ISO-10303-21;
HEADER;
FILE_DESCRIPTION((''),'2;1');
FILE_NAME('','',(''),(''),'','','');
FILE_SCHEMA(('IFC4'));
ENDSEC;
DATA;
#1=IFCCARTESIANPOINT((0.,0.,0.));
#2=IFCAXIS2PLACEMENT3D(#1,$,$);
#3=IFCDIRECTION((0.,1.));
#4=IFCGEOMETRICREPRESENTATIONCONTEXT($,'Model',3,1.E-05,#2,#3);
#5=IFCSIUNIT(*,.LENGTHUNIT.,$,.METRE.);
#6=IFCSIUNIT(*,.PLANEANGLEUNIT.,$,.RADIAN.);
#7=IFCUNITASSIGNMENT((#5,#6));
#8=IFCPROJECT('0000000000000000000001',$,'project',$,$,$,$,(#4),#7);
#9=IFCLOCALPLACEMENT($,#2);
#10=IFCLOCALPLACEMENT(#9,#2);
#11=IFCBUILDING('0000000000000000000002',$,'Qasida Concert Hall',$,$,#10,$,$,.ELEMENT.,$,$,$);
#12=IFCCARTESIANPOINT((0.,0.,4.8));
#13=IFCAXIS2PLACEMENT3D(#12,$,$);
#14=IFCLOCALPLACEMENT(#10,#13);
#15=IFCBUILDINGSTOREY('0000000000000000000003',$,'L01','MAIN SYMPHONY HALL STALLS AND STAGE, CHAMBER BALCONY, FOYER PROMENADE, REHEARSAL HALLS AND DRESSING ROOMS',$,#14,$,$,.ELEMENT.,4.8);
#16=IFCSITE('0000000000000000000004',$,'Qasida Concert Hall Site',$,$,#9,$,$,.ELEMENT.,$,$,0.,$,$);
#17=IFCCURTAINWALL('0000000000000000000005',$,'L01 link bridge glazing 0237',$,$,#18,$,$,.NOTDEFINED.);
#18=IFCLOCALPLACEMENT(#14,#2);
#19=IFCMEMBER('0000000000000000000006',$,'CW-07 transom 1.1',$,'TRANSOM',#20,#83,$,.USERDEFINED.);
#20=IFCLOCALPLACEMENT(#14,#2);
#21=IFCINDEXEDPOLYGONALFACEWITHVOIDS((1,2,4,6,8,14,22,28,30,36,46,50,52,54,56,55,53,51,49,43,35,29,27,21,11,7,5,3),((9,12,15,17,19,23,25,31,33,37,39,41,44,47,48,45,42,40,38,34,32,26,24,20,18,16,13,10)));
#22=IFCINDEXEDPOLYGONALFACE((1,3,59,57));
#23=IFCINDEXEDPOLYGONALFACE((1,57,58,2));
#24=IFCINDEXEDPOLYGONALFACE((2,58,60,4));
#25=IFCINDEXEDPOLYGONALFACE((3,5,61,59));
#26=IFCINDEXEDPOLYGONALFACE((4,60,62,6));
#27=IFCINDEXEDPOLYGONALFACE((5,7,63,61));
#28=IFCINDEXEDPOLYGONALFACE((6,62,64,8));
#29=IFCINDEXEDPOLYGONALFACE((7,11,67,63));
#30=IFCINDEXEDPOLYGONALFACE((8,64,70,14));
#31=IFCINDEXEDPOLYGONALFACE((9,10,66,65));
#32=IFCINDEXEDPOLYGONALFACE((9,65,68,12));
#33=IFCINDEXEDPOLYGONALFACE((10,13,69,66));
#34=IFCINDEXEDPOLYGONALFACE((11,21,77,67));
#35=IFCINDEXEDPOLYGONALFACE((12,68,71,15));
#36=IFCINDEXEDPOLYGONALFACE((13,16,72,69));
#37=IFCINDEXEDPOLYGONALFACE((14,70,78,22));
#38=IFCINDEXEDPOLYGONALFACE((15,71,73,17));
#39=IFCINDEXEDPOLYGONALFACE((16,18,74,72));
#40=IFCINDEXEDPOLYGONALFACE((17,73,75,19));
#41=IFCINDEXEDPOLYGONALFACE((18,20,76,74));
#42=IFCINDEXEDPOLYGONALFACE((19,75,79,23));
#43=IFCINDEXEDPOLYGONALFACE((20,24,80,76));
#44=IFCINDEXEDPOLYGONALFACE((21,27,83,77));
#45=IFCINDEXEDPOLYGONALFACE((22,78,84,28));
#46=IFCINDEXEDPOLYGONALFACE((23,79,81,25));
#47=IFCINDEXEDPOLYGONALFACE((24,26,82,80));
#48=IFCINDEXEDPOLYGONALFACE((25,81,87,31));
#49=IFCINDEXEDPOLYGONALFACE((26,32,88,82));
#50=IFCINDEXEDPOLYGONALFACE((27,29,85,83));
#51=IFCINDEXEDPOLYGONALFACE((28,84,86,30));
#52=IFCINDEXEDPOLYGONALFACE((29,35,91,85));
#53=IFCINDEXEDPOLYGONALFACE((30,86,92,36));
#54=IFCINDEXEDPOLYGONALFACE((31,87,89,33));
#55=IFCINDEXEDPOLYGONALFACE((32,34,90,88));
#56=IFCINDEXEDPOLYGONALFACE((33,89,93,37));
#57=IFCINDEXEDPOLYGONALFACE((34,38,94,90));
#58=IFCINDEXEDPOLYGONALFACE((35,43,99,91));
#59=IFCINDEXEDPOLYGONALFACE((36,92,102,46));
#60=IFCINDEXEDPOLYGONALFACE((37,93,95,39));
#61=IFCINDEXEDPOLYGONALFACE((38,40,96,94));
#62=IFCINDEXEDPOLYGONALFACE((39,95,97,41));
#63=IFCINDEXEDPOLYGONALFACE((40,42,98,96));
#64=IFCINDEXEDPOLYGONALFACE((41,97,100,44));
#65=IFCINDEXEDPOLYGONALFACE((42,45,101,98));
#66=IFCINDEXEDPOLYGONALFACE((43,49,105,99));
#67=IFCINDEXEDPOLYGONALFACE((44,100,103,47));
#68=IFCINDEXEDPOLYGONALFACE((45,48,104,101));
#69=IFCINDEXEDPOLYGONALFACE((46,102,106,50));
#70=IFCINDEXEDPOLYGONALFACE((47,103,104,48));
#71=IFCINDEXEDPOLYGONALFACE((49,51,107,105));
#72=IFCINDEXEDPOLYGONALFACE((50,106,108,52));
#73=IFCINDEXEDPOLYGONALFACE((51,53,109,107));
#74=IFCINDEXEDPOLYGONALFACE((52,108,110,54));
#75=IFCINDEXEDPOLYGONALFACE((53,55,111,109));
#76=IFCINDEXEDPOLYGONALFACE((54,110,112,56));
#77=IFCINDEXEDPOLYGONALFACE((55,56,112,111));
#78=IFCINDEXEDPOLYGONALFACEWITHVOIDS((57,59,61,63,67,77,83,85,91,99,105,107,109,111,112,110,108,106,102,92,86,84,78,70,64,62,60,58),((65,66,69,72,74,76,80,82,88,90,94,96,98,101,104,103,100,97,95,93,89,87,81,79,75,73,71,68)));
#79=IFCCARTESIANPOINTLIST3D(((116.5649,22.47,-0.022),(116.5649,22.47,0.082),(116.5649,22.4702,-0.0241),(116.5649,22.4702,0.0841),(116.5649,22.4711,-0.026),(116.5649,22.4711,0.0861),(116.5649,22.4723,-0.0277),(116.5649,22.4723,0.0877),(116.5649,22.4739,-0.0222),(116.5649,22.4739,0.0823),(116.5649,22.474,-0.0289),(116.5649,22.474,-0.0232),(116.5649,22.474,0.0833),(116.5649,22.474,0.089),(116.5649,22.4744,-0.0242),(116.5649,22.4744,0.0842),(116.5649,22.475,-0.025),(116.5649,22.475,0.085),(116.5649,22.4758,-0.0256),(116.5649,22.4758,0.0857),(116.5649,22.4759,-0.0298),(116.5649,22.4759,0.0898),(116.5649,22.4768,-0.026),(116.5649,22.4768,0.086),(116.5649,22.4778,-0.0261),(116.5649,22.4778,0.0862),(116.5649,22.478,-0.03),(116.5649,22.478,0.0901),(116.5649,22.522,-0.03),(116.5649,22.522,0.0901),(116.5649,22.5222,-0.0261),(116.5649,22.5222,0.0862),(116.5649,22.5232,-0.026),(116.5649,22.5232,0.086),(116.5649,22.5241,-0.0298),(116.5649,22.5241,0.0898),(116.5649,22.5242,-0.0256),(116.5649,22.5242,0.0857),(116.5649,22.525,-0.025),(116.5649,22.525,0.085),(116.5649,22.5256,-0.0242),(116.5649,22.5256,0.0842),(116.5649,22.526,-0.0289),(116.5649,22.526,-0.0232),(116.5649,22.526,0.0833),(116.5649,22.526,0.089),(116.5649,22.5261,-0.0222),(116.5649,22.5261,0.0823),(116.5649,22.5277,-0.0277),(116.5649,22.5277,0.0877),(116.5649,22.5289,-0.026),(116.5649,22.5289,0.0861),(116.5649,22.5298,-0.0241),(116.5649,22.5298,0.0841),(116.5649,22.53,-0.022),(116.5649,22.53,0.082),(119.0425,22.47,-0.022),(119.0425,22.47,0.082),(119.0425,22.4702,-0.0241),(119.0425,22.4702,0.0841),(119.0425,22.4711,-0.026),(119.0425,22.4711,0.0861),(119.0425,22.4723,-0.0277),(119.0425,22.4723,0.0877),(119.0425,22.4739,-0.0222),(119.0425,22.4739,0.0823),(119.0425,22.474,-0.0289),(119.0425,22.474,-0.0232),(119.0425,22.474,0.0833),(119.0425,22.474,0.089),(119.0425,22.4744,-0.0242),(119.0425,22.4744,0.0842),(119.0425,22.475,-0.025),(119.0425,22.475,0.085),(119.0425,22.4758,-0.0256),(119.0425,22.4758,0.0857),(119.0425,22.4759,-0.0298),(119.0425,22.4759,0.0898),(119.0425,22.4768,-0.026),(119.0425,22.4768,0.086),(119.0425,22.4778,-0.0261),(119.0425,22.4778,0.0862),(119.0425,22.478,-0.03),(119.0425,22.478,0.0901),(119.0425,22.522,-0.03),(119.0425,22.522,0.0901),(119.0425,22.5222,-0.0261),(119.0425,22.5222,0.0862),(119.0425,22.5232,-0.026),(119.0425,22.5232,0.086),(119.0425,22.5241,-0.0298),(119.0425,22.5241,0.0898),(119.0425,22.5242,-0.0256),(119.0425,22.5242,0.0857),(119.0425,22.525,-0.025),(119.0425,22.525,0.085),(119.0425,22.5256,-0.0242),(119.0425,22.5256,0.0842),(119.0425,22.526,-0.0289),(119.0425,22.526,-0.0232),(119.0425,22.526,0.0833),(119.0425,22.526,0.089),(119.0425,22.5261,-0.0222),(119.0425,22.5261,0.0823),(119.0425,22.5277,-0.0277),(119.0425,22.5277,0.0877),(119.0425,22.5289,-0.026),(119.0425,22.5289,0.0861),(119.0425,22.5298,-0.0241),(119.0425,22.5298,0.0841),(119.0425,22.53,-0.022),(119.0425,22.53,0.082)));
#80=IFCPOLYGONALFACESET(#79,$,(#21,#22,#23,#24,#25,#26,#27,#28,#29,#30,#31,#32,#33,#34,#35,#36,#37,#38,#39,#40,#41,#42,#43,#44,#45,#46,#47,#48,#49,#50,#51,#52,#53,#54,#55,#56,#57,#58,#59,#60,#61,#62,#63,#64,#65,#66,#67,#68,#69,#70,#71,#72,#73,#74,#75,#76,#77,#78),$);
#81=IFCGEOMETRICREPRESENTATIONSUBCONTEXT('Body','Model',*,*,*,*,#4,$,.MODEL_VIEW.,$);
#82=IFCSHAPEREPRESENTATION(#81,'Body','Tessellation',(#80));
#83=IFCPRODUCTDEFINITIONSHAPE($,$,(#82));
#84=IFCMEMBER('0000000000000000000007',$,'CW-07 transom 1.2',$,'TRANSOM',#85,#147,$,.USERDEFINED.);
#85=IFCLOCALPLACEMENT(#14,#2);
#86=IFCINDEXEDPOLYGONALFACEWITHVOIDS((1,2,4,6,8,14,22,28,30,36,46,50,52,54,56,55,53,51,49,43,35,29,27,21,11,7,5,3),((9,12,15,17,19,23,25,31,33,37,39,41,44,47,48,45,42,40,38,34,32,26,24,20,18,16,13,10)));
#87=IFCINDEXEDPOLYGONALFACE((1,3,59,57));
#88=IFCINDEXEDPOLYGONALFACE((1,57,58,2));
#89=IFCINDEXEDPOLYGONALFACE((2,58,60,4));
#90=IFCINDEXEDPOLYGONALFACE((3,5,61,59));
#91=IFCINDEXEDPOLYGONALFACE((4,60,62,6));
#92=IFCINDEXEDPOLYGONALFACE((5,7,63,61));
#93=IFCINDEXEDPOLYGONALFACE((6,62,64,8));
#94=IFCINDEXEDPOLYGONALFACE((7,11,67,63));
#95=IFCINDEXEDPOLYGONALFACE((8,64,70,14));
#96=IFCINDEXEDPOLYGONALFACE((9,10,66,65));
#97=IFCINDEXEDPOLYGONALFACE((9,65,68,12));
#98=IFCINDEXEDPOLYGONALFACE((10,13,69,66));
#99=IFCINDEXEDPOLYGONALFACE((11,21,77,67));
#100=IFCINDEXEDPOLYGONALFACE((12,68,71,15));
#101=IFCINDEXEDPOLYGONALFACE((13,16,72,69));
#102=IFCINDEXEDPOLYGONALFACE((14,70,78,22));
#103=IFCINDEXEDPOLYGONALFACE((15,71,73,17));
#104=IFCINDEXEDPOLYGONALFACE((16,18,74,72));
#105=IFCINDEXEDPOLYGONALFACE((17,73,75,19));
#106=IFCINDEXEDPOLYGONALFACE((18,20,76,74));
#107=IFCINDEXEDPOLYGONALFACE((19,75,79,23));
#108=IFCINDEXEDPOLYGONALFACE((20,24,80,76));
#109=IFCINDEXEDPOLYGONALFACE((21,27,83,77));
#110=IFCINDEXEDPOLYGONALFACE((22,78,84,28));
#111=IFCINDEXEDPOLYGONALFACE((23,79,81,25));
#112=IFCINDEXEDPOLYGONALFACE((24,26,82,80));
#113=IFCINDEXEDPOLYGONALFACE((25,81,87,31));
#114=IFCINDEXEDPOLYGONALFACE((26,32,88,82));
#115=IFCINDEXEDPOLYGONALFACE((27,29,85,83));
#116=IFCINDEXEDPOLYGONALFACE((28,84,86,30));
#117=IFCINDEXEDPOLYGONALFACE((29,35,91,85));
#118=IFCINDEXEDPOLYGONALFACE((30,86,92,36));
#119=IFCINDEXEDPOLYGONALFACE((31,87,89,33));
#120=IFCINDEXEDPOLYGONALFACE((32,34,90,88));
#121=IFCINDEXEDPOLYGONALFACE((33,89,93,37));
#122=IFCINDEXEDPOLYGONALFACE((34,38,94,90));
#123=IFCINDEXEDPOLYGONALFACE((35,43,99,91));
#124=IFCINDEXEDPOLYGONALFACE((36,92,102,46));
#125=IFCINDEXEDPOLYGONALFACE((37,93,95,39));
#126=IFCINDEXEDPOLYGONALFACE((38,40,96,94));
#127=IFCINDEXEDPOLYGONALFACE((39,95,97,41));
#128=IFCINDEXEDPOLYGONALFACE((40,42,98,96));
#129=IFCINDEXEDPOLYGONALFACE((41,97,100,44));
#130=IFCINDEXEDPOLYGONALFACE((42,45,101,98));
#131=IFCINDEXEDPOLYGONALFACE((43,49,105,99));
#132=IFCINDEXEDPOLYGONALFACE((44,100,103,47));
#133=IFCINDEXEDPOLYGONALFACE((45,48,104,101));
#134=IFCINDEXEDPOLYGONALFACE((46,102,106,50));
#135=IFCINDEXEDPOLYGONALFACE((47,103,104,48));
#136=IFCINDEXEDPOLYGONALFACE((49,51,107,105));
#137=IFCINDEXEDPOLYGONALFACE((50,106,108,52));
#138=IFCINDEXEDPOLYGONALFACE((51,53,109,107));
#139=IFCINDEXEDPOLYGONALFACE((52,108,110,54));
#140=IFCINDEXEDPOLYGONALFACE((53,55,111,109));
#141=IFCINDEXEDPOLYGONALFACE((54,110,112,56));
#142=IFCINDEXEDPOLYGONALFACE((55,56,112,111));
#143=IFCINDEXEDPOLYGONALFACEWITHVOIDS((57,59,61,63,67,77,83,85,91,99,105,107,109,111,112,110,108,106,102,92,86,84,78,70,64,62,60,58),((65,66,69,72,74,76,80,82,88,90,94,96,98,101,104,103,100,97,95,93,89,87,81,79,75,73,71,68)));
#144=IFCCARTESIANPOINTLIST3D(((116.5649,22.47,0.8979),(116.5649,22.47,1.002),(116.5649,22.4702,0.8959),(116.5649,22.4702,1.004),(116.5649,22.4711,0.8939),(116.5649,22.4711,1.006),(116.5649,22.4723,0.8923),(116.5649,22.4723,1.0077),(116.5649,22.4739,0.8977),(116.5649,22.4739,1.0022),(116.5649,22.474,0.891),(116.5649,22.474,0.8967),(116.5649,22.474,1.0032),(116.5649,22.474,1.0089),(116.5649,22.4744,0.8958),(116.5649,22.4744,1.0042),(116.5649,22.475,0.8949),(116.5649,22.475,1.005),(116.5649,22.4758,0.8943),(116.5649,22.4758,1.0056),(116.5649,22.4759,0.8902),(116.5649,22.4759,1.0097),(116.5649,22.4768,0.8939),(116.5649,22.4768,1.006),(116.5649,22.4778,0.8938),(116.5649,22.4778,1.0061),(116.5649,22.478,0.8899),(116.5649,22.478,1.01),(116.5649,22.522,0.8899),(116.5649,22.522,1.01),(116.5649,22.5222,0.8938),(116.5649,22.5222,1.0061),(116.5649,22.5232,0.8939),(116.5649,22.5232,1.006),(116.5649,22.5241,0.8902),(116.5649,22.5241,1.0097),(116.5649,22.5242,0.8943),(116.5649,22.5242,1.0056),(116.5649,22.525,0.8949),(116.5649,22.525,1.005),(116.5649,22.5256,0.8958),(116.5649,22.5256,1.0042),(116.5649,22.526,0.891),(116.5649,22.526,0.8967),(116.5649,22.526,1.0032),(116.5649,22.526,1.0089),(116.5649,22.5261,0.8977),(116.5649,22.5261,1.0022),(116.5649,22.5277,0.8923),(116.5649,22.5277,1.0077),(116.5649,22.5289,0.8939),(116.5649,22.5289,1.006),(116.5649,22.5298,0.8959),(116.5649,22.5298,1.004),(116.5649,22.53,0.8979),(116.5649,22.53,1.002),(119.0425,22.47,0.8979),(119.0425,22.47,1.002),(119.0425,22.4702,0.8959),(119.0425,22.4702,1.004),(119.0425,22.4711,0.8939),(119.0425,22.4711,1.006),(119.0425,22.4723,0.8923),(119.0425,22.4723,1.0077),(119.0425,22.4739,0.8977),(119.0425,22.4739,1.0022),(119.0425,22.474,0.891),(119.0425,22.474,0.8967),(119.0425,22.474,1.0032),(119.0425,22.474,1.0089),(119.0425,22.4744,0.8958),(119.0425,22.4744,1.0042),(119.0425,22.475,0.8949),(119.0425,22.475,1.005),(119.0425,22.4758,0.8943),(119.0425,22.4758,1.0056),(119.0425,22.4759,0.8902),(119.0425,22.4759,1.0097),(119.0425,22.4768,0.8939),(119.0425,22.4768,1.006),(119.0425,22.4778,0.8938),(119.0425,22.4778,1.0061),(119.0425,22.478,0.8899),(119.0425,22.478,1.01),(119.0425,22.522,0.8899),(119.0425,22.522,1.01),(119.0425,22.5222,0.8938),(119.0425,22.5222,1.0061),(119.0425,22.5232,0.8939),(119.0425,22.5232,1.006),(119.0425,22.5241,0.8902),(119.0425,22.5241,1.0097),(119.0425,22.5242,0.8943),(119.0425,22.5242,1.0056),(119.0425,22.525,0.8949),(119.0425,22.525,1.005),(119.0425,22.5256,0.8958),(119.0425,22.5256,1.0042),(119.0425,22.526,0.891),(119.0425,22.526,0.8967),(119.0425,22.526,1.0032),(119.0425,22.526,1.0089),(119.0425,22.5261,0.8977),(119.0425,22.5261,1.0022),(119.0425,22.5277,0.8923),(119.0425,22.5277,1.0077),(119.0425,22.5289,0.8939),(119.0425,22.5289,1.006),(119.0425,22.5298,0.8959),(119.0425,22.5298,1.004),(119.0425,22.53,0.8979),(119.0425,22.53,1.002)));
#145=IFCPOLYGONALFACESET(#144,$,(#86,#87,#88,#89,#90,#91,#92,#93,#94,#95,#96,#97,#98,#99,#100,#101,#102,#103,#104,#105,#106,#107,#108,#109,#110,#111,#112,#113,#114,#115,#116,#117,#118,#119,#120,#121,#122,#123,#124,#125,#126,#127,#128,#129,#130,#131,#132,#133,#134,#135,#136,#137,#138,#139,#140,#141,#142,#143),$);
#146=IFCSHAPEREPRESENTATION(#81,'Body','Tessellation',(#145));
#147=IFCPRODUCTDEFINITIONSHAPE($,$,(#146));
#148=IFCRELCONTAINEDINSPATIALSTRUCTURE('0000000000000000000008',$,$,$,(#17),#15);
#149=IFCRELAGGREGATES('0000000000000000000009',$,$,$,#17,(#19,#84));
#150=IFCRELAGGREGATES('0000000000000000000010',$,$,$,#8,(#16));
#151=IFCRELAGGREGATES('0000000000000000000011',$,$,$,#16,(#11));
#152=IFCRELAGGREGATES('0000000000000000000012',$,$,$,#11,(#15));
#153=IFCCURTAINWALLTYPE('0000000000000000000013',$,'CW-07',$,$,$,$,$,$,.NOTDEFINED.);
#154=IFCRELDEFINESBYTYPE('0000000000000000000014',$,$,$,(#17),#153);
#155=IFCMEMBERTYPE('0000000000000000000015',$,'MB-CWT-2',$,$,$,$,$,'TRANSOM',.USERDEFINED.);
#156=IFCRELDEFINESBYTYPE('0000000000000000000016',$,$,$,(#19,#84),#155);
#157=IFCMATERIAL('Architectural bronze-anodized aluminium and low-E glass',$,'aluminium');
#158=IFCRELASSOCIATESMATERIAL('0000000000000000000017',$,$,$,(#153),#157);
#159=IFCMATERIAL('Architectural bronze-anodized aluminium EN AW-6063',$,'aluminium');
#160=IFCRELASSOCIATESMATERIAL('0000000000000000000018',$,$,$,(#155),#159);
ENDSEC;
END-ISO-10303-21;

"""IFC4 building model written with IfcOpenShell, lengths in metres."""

from ifc_helpers import new_model, si_unit, direction, frame, origin, origin_2d, place, context, subcontext, project, spatial, hollow_rectangle, extrude, material, material_profile, profile_set, type_object, element, aggregate, save


model = new_model("IFC4")

# Units and contexts
model_context = context("Model", 3, precision=1e-05, world=origin(), true_north=direction((0.0, 1.0)))
body_context = subcontext(model_context, "Body", "Model", "MODEL_VIEW")
ifc_project = project(units=[si_unit("LENGTHUNIT", "METRE"), si_unit("PLANEANGLEUNIT", "RADIAN")], contexts=[model_context])

# Site, building, storey
site_placement = place(None, origin())
site = spatial("IfcSite", under=ifc_project, at=site_placement, Name="Qasida Concert Hall Site", CompositionType="ELEMENT", RefElevation=0.0)
building_placement = place(site_placement, origin())
building = spatial("IfcBuilding", under=site, at=building_placement, Name="Qasida Concert Hall", CompositionType="ELEMENT")
storey_placement = place(building_placement, frame((0.0, 0.0, 4.8)))
storey = spatial("IfcBuildingStorey", under=building, at=storey_placement, Name="L01", Description="MAIN SYMPHONY HALL STALLS AND STAGE, CHAMBER BALCONY, FOYER PROMENADE, REHEARSAL HALLS AND DRESSING ROOMS", CompositionType="ELEMENT", Elevation=4.8)

# Curtain wall
ifc_material_1 = material(Name="Architectural bronze-anodized aluminium and low-E glass", Category="aluminium")
curtain_wall_type = type_object("IfcCurtainWallType", Name="CW-07", PredefinedType="NOTDEFINED", material=ifc_material_1)
ifc_material_2 = material(Name="Architectural bronze-anodized aluminium EN AW-6063", Category="aluminium")
curtain_wall_1_placement = place(storey_placement, origin())
curtain_wall_1 = element("IfcCurtainWall", 1, at=curtain_wall_1_placement, inside=storey, type_object=curtain_wall_type, Name="L01 link bridge glazing 0237", PredefinedType="NOTDEFINED")

# Members
ifc_material_profile_1 = material_profile(ifc_material_2, hollow_rectangle(XDim=0.0601, YDim=0.1201, WallThickness=0.0039, InnerFilletRadius=0.0039, OuterFilletRadius=0.0081, at=origin_2d()), Name="CWT 120x60x4")
ifc_profile_set_1 = profile_set([ifc_material_profile_1], Name="Architectural bronze-anodized aluminium EN AW-6063")
member_type_1 = type_object("IfcMemberType", Name="MB-CWT-2", ElementType="TRANSOM", PredefinedType="USERDEFINED", material=ifc_profile_set_1)
member_1_placement = place(storey_placement, frame((116.5649, 22.5, 0.03), z_axis=(1.0, 0.0, 0.0), x_axis=(0.0, 1.0, 0.0)))
member_1 = element("IfcMember", 2, at=member_1_placement, type_object=member_type_1, Name="CW-07 transom 1.1", ObjectType="TRANSOM", PredefinedType="USERDEFINED", context=body_context, shape_type="SweptSolid", body=[
    extrude(hollow_rectangle(XDim=0.0601, YDim=0.1201, WallThickness=0.0039, InnerFilletRadius=0.0039, OuterFilletRadius=0.0081, at=origin_2d()), origin(), (0.0, 0.0, 1.0), 2.4775),
])
member_2_placement = place(storey_placement, frame((116.5649, 22.5, 0.95), z_axis=(1.0, 0.0, 0.0), x_axis=(0.0, 1.0, 0.0)))
member_2 = element("IfcMember", 3, at=member_2_placement, type_object=member_type_1, Name="CW-07 transom 1.2", ObjectType="TRANSOM", PredefinedType="USERDEFINED", context=body_context, shape_type="SweptSolid", body=[
    extrude(hollow_rectangle(XDim=0.0601, YDim=0.1201, WallThickness=0.0039, InnerFilletRadius=0.0039, OuterFilletRadius=0.0081, at=origin_2d()), origin(), (0.0, 0.0, 1.0), 2.4775),
])
aggregate(curtain_wall_1, [member_1, member_2])

save(model, "model.ifc")
